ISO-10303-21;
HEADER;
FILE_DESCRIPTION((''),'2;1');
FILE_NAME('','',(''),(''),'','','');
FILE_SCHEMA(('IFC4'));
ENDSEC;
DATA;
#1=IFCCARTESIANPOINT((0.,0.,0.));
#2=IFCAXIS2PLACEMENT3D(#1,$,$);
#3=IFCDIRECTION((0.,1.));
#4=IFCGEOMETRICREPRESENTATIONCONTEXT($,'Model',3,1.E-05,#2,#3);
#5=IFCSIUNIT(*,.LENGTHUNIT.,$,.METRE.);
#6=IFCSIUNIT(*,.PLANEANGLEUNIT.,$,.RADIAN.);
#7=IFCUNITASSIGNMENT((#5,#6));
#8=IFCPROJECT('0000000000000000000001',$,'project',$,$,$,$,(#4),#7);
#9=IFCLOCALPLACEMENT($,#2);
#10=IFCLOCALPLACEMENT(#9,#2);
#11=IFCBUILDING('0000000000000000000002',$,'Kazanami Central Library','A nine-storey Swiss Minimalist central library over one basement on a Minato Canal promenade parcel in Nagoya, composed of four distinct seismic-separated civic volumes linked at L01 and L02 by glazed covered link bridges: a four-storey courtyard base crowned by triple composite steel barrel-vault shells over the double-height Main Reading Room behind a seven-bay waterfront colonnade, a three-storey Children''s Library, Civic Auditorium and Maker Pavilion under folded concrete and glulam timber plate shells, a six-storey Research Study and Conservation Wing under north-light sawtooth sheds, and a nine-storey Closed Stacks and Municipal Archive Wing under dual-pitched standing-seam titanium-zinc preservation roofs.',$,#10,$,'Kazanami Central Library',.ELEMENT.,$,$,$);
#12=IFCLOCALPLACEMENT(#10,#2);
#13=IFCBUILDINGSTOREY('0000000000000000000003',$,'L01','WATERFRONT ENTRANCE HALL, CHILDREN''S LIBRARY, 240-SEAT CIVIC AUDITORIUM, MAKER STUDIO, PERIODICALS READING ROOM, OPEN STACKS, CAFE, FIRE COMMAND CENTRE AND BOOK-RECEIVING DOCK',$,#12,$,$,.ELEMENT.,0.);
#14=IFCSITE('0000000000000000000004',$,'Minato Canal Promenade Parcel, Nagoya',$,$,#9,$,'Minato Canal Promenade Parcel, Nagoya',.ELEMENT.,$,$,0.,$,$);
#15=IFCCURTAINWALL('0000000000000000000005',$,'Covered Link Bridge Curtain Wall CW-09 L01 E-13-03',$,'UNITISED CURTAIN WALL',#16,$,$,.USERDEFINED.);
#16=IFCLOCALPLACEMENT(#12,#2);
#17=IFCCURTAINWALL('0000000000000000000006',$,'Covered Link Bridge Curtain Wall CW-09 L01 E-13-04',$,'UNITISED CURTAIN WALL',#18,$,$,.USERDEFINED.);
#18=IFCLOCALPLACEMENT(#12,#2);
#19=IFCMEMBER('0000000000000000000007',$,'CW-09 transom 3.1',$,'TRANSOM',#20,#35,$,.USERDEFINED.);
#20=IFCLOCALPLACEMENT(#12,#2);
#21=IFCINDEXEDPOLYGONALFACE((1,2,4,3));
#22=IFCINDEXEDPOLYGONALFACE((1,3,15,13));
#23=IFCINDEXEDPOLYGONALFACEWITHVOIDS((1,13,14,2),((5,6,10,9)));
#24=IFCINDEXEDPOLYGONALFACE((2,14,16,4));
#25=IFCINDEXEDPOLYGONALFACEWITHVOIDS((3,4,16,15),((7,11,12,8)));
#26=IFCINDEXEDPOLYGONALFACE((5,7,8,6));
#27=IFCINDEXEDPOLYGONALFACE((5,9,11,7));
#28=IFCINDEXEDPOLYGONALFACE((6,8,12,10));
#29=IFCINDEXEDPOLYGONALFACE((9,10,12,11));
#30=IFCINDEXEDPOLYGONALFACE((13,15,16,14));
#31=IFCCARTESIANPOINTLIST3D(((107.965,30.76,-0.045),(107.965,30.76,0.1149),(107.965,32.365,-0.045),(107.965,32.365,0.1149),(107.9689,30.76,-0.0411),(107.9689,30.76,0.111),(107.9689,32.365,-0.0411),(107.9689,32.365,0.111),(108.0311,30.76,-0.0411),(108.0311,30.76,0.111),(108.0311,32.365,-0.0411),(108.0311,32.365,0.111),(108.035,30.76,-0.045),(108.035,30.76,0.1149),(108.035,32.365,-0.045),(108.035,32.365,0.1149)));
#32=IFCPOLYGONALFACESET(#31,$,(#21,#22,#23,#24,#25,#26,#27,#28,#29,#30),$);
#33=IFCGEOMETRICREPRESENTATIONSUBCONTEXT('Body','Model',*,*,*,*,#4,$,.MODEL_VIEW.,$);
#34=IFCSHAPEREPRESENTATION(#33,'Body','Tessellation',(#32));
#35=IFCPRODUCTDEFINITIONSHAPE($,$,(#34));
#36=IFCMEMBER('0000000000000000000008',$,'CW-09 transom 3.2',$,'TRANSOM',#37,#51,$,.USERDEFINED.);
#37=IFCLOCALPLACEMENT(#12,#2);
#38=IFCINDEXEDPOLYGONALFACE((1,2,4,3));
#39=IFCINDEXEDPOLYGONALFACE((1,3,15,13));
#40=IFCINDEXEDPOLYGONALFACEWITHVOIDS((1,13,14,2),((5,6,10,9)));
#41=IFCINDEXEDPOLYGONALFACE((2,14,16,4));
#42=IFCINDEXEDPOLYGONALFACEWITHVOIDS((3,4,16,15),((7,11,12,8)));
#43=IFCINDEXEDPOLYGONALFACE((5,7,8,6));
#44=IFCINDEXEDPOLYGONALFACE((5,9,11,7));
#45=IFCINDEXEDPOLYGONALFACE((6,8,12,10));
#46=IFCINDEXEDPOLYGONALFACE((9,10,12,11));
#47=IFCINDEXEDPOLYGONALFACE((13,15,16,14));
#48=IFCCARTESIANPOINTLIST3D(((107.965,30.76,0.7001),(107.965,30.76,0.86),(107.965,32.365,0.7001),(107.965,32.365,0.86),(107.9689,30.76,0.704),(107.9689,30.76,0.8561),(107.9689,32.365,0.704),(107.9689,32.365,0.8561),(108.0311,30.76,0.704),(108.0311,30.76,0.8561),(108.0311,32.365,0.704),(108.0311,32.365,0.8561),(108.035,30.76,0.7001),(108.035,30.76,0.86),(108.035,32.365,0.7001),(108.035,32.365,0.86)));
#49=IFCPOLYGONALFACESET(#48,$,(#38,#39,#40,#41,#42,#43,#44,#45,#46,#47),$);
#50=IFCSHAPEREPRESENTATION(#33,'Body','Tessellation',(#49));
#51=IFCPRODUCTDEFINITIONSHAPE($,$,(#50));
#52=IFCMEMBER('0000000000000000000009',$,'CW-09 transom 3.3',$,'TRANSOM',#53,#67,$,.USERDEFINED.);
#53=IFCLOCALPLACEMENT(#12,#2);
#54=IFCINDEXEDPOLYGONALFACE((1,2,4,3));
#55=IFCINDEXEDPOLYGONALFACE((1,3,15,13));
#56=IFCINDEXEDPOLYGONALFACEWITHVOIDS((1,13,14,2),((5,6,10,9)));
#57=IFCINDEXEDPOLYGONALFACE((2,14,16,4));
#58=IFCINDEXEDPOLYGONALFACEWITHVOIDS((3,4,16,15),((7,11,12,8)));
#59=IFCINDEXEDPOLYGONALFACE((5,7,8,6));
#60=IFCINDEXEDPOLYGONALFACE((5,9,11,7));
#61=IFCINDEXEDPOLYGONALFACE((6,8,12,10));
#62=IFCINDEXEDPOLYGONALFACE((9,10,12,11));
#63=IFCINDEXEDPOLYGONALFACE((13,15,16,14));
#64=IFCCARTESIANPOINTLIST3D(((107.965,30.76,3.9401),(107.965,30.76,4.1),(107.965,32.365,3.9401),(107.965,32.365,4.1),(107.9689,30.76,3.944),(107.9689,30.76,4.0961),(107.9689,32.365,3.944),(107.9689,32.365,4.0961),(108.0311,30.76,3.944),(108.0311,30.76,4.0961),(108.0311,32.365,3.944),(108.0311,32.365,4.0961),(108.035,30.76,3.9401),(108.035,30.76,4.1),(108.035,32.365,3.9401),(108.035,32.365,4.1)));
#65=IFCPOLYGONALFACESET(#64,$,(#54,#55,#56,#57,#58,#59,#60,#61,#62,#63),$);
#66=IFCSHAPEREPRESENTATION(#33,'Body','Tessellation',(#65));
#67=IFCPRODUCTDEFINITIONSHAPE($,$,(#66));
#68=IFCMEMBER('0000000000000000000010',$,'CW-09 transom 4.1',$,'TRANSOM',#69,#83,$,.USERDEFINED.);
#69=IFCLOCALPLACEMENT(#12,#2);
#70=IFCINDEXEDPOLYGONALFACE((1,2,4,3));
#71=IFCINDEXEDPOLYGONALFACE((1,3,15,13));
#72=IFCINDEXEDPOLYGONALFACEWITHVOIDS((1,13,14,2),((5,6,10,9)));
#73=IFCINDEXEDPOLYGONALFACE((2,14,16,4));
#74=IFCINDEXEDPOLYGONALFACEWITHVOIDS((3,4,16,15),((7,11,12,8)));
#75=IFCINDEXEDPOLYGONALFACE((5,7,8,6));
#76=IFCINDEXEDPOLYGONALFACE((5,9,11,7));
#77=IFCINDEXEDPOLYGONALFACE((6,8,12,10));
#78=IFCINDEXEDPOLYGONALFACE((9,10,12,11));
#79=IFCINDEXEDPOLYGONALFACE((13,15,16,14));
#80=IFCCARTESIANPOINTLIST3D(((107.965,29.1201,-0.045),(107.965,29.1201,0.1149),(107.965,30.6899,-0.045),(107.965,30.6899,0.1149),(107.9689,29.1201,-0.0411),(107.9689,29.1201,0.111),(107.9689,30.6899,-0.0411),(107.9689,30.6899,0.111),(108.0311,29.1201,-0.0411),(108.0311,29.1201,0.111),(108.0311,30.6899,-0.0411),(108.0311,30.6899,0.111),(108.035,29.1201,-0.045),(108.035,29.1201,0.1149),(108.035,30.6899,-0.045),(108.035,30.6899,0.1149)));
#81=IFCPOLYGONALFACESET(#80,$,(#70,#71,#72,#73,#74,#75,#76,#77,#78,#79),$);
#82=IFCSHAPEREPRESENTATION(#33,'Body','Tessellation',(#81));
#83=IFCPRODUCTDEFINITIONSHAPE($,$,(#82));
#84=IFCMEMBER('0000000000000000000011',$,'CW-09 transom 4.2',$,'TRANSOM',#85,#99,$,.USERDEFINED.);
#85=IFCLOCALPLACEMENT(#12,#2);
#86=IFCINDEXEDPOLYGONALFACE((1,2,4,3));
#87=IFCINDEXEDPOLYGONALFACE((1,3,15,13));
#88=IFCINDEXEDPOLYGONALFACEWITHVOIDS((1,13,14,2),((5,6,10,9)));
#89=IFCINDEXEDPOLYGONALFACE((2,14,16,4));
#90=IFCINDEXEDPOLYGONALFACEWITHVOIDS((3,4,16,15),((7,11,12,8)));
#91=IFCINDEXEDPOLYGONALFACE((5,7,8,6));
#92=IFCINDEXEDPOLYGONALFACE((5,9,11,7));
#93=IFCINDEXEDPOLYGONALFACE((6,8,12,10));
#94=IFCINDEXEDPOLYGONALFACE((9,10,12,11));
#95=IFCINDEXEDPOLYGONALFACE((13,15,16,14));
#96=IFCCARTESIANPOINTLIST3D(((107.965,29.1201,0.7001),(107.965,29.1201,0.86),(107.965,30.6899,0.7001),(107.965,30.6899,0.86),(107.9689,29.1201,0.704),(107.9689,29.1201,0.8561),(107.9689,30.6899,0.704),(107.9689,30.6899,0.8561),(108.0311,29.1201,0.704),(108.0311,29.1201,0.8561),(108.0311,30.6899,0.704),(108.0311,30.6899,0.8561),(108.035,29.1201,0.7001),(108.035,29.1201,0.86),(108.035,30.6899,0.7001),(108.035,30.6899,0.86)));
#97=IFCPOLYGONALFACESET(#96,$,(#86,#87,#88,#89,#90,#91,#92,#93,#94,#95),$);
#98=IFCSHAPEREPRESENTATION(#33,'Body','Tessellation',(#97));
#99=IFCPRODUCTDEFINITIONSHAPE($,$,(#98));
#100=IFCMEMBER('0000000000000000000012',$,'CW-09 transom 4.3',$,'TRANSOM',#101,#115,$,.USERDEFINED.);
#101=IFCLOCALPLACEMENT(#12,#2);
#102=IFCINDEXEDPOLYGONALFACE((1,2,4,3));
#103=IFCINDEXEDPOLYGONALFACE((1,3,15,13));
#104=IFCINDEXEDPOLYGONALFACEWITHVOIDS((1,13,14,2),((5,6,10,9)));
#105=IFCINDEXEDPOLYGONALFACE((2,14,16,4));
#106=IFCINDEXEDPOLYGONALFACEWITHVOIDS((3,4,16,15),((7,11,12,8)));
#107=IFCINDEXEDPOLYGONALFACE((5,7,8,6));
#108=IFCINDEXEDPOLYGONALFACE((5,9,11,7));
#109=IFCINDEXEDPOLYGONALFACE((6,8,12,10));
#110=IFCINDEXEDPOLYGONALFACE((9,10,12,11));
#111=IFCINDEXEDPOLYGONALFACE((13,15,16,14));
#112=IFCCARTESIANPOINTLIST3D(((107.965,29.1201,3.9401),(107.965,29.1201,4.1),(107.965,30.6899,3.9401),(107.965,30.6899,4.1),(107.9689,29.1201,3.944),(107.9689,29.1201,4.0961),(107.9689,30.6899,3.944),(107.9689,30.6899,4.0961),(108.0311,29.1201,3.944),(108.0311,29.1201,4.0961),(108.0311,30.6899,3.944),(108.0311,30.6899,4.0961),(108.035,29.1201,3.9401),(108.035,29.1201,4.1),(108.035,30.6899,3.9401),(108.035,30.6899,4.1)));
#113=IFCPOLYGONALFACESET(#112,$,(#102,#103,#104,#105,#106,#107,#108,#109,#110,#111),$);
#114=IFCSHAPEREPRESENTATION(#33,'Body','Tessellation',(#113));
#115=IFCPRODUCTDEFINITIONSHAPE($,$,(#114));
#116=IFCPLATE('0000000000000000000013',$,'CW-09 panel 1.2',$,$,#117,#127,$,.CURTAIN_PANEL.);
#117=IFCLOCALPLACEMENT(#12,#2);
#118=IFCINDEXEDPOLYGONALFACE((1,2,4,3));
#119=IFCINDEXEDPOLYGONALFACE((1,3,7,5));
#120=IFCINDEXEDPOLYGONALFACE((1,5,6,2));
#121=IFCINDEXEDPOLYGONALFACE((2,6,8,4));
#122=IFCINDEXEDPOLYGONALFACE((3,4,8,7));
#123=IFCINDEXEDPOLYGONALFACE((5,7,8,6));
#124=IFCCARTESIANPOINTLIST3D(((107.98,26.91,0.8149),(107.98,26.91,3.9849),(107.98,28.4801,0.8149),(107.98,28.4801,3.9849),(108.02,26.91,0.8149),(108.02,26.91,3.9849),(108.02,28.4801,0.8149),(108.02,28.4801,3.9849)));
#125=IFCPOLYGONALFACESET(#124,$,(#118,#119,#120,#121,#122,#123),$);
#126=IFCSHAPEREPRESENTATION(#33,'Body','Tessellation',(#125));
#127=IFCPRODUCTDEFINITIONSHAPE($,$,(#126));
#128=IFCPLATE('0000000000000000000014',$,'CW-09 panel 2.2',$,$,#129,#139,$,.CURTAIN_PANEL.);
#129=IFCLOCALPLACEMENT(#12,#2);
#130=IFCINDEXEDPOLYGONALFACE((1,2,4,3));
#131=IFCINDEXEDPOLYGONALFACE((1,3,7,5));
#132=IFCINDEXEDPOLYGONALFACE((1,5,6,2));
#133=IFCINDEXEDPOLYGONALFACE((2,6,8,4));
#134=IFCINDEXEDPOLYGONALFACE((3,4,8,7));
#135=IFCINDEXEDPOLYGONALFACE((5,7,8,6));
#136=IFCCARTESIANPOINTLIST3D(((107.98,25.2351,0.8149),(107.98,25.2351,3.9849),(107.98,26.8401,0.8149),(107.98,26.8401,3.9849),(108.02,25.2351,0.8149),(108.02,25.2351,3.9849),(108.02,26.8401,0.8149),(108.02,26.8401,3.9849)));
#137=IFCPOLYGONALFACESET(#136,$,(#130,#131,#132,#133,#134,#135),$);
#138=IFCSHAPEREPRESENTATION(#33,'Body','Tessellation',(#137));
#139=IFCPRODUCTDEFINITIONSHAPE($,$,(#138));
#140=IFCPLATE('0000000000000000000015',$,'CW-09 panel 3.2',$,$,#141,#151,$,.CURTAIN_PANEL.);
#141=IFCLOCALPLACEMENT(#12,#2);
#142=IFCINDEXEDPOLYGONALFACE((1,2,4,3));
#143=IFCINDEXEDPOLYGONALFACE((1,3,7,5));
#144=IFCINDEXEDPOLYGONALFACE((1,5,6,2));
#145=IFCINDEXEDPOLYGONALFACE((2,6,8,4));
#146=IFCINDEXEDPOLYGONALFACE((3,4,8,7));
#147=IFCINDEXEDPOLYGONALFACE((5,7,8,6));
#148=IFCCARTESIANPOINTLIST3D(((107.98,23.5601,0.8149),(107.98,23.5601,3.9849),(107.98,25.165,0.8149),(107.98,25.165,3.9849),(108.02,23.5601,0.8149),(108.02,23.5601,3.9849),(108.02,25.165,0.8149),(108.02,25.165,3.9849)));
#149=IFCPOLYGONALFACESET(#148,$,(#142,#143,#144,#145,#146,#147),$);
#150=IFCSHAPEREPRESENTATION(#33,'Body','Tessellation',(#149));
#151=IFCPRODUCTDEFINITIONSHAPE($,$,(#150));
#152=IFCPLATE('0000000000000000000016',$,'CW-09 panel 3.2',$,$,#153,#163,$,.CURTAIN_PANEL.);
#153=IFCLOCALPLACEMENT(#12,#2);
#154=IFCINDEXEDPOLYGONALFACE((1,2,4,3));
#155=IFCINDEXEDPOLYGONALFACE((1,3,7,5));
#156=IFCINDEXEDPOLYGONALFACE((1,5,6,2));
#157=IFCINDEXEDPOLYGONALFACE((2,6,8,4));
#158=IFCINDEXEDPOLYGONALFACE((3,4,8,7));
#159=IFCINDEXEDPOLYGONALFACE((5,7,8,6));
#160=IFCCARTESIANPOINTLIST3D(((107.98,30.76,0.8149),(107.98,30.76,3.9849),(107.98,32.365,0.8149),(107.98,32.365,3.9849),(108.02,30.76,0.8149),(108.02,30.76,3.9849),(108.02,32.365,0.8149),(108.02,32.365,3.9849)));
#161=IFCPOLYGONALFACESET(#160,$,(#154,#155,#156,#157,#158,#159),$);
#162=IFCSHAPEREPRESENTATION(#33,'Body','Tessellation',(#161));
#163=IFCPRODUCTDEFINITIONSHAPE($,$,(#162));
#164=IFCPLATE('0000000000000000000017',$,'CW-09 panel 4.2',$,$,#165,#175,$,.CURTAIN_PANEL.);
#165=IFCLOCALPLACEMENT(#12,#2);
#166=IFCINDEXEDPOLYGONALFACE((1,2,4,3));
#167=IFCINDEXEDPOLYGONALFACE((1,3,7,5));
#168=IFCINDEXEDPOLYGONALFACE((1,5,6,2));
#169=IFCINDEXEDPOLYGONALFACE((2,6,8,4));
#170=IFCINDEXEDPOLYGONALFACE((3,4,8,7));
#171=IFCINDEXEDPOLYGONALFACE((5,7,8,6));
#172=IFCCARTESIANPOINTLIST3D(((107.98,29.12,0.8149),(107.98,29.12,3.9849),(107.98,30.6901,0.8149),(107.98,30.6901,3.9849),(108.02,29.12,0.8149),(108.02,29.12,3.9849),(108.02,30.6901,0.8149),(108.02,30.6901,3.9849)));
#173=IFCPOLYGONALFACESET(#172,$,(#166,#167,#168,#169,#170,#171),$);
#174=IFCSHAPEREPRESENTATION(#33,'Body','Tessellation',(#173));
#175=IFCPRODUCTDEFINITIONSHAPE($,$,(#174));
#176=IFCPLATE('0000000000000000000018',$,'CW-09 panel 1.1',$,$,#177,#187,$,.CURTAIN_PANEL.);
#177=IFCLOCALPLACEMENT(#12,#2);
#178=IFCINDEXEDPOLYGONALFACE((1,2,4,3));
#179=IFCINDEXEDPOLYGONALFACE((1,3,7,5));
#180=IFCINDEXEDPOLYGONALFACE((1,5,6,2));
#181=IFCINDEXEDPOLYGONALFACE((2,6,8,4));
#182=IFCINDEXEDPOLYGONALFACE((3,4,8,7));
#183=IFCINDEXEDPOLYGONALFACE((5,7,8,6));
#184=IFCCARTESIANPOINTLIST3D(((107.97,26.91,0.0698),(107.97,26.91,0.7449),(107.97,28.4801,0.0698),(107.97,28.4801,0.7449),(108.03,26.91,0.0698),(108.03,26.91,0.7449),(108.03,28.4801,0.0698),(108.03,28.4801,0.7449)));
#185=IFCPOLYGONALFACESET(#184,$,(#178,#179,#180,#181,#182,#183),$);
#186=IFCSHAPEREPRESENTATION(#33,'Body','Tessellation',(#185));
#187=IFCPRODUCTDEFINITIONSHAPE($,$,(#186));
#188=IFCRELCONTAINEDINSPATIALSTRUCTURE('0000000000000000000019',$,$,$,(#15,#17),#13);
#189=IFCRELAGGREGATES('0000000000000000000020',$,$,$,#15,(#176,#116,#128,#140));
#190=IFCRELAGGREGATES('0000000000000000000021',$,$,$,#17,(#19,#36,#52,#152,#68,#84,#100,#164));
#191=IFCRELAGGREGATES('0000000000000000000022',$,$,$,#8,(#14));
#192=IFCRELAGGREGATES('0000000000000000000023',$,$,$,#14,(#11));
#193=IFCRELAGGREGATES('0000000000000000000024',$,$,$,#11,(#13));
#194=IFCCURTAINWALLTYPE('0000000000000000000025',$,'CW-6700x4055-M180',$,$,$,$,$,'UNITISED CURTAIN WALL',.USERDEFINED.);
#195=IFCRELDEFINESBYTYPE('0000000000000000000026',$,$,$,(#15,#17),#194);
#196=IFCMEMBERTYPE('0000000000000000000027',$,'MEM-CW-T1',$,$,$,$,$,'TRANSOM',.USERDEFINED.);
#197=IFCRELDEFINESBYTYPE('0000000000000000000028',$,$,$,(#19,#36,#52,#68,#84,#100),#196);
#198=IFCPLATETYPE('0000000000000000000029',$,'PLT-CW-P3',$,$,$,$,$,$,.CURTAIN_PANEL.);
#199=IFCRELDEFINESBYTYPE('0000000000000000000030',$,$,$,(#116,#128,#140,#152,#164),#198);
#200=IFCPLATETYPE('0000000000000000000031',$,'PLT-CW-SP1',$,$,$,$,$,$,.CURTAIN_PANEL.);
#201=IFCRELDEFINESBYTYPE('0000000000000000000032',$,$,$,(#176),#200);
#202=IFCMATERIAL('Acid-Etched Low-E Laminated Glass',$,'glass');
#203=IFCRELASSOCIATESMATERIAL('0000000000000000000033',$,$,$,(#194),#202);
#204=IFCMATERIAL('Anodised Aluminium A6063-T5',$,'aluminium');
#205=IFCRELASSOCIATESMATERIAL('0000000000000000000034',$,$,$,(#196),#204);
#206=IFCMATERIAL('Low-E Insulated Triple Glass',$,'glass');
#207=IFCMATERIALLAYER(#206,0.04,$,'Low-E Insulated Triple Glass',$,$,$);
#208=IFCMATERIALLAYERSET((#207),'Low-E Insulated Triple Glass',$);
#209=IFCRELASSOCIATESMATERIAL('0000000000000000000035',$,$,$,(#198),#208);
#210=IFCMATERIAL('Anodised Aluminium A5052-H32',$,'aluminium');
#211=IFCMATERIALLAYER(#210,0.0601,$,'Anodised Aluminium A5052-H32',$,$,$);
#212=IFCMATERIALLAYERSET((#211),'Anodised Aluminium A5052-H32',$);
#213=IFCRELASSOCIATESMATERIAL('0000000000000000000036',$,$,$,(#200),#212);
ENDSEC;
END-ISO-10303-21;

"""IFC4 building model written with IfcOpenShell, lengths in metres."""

from ifc_helpers import new_model, si_unit, direction, frame, origin, origin_2d, place, context, subcontext, project, spatial, rectangle, hollow_rectangle, extrude, material, layer, layer_set, material_profile, profile_set, type_object, element, aggregate, save


model = new_model("IFC4")

# Units and contexts
model_context = context("Model", 3, precision=1e-05, world=origin(), true_north=direction((0.0, 1.0)))
body_context = subcontext(model_context, "Body", "Model", "MODEL_VIEW")
ifc_project = project(units=[si_unit("LENGTHUNIT", "METRE"), si_unit("PLANEANGLEUNIT", "RADIAN")], contexts=[model_context])

# Site, building, storey
site_placement = place(None, origin())
site = spatial("IfcSite", under=ifc_project, at=site_placement, Name="Minato Canal Promenade Parcel, Nagoya", LongName="Minato Canal Promenade Parcel, Nagoya", CompositionType="ELEMENT", RefElevation=0.0)
building_placement = place(site_placement, origin())
building = spatial("IfcBuilding", under=site, at=building_placement, Name="Kazanami Central Library", Description="A nine-storey Swiss Minimalist central library over one basement on a Minato Canal promenade parcel in Nagoya, composed of four distinct seismic-separated civic volumes linked at L01 and L02 by glazed covered link bridges: a four-storey courtyard base crowned by triple composite steel barrel-vault shells over the double-height Main Reading Room behind a seven-bay waterfront colonnade, a three-storey Children's Library, Civic Auditorium and Maker Pavilion under folded concrete and glulam timber plate shells, a six-storey Research Study and Conservation Wing under north-light sawtooth sheds, and a nine-storey Closed Stacks and Municipal Archive Wing under dual-pitched standing-seam titanium-zinc preservation roofs.", LongName="Kazanami Central Library", CompositionType="ELEMENT")
storey_placement = place(building_placement, origin())
storey = spatial("IfcBuildingStorey", under=building, at=storey_placement, Name="L01", Description="WATERFRONT ENTRANCE HALL, CHILDREN'S LIBRARY, 240-SEAT CIVIC AUDITORIUM, MAKER STUDIO, PERIODICALS READING ROOM, OPEN STACKS, CAFE, FIRE COMMAND CENTRE AND BOOK-RECEIVING DOCK", CompositionType="ELEMENT", Elevation=0.0)

# Curtain walls
ifc_material_1 = material(Name="Acid-Etched Low-E Laminated Glass", Category="glass")
curtain_wall_type = type_object("IfcCurtainWallType", Name="CW-6700x4055-M180", ElementType="UNITISED CURTAIN WALL", PredefinedType="USERDEFINED", material=ifc_material_1)
curtain_wall_1_placement = place(storey_placement, origin())
curtain_wall_1 = element("IfcCurtainWall", 1, at=curtain_wall_1_placement, inside=storey, type_object=curtain_wall_type, Name="Covered Link Bridge Curtain Wall CW-09 L01 E-13-03", ObjectType="UNITISED CURTAIN WALL", PredefinedType="USERDEFINED")
ifc_material_2 = material(Name="Anodised Aluminium A6063-T5", Category="aluminium")
curtain_wall_2_placement = place(storey_placement, origin())
curtain_wall_2 = element("IfcCurtainWall", 2, at=curtain_wall_2_placement, inside=storey, type_object=curtain_wall_type, Name="Covered Link Bridge Curtain Wall CW-09 L01 E-13-04", ObjectType="UNITISED CURTAIN WALL", PredefinedType="USERDEFINED")

# Members
ifc_material_profile_1 = material_profile(ifc_material_2, hollow_rectangle(XDim=0.0701, YDim=0.1599, WallThickness=0.0039, at=origin_2d()), Name="ALU-TRAN-70x160x4")
ifc_profile_set_1 = profile_set([ifc_material_profile_1], Name="Anodised Aluminium A6063-T5")
member_type_1 = type_object("IfcMemberType", Name="MEM-CW-T1", ElementType="TRANSOM", PredefinedType="USERDEFINED", material=ifc_profile_set_1)
member_1_placement = place(storey_placement, frame((108.0, 32.365, 0.0349), z_axis=(0.0, -1.0, 0.0), x_axis=(1.0, 0.0, 0.0)))
member_1 = element("IfcMember", 3, at=member_1_placement, type_object=member_type_1, Name="CW-09 transom 3.1", ObjectType="TRANSOM", PredefinedType="USERDEFINED", context=body_context, shape_type="SweptSolid", body=[
    extrude(hollow_rectangle(XDim=0.0701, YDim=0.1599, WallThickness=0.0039, at=origin_2d()), origin(), (0.0, 0.0, 1.0), 1.605),
])
member_2_placement = place(storey_placement, frame((108.0, 32.365, 0.78), z_axis=(0.0, -1.0, 0.0), x_axis=(1.0, 0.0, 0.0)))
member_2 = element("IfcMember", 4, at=member_2_placement, type_object=member_type_1, Name="CW-09 transom 3.2", ObjectType="TRANSOM", PredefinedType="USERDEFINED", context=body_context, shape_type="SweptSolid", body=[
    extrude(hollow_rectangle(XDim=0.0701, YDim=0.1599, WallThickness=0.0039, at=origin_2d()), origin(), (0.0, 0.0, 1.0), 1.605),
])
member_3_placement = place(storey_placement, frame((108.0, 32.365, 4.02), z_axis=(0.0, -1.0, 0.0), x_axis=(1.0, 0.0, 0.0)))
member_3 = element("IfcMember", 5, at=member_3_placement, type_object=member_type_1, Name="CW-09 transom 3.3", ObjectType="TRANSOM", PredefinedType="USERDEFINED", context=body_context, shape_type="SweptSolid", body=[
    extrude(hollow_rectangle(XDim=0.0701, YDim=0.1599, WallThickness=0.0039, at=origin_2d()), origin(), (0.0, 0.0, 1.0), 1.605),
])
member_4_placement = place(storey_placement, frame((108.0, 30.6899, 0.0349), z_axis=(0.0, -1.0, 0.0), x_axis=(1.0, 0.0, 0.0)))
member_4 = element("IfcMember", 6, at=member_4_placement, type_object=member_type_1, Name="CW-09 transom 4.1", ObjectType="TRANSOM", PredefinedType="USERDEFINED", context=body_context, shape_type="SweptSolid", body=[
    extrude(hollow_rectangle(XDim=0.0701, YDim=0.1599, WallThickness=0.0039, at=origin_2d()), origin(), (0.0, 0.0, 1.0), 1.5698),
])
member_5_placement = place(storey_placement, frame((108.0, 30.6899, 0.78), z_axis=(0.0, -1.0, 0.0), x_axis=(1.0, 0.0, 0.0)))
member_5 = element("IfcMember", 7, at=member_5_placement, type_object=member_type_1, Name="CW-09 transom 4.2", ObjectType="TRANSOM", PredefinedType="USERDEFINED", context=body_context, shape_type="SweptSolid", body=[
    extrude(hollow_rectangle(XDim=0.0701, YDim=0.1599, WallThickness=0.0039, at=origin_2d()), origin(), (0.0, 0.0, 1.0), 1.5698),
])
member_6_placement = place(storey_placement, frame((108.0, 30.6899, 4.02), z_axis=(0.0, -1.0, 0.0), x_axis=(1.0, 0.0, 0.0)))
member_6 = element("IfcMember", 8, at=member_6_placement, type_object=member_type_1, Name="CW-09 transom 4.3", ObjectType="TRANSOM", PredefinedType="USERDEFINED", context=body_context, shape_type="SweptSolid", body=[
    extrude(hollow_rectangle(XDim=0.0701, YDim=0.1599, WallThickness=0.0039, at=origin_2d()), origin(), (0.0, 0.0, 1.0), 1.5698),
])

# Plates
ifc_material_3 = material(Name="Low-E Insulated Triple Glass", Category="glass")
ifc_layer_1 = layer(ifc_material_3, 0.04, Name="Low-E Insulated Triple Glass")
ifc_layer_set_1 = layer_set([ifc_layer_1], Name="Low-E Insulated Triple Glass")
plate_type_1 = type_object("IfcPlateType", Name="PLT-CW-P3", PredefinedType="CURTAIN_PANEL", material=ifc_layer_set_1)
plate_1_placement = place(storey_placement, frame((108.0, 27.6951, 0.8149), z_axis=(0.0, 0.0, 1.0), x_axis=(0.0, -1.0, 0.0)))
plate_1 = element("IfcPlate", 9, at=plate_1_placement, type_object=plate_type_1, Name="CW-09 panel 1.2", PredefinedType="CURTAIN_PANEL", context=body_context, shape_type="SweptSolid", body=[
    extrude(rectangle(XDim=1.5701, YDim=0.04, at=origin_2d()), origin(), (0.0, 0.0, 1.0), 3.1699),
])
plate_2_placement = place(storey_placement, frame((108.0, 26.0376, 0.8149), z_axis=(0.0, 0.0, 1.0), x_axis=(0.0, -1.0, 0.0)))
plate_2 = element("IfcPlate", 10, at=plate_2_placement, type_object=plate_type_1, Name="CW-09 panel 2.2", PredefinedType="CURTAIN_PANEL", context=body_context, shape_type="SweptSolid", body=[
    extrude(rectangle(XDim=1.605, YDim=0.04, at=origin_2d()), origin(), (0.0, 0.0, 1.0), 3.1699),
])
plate_3_placement = place(storey_placement, frame((108.0, 24.3625, 0.8149), z_axis=(0.0, 0.0, 1.0), x_axis=(0.0, -1.0, 0.0)))
plate_3 = element("IfcPlate", 11, at=plate_3_placement, type_object=plate_type_1, Name="CW-09 panel 3.2", PredefinedType="CURTAIN_PANEL", context=body_context, shape_type="SweptSolid", body=[
    extrude(rectangle(XDim=1.605, YDim=0.04, at=origin_2d()), origin(), (0.0, 0.0, 1.0), 3.1699),
])
plate_4_placement = place(storey_placement, frame((108.0, 31.5625, 0.8149), z_axis=(0.0, 0.0, 1.0), x_axis=(0.0, -1.0, 0.0)))
plate_4 = element("IfcPlate", 12, at=plate_4_placement, type_object=plate_type_1, Name="CW-09 panel 3.2", PredefinedType="CURTAIN_PANEL", context=body_context, shape_type="SweptSolid", body=[
    extrude(rectangle(XDim=1.605, YDim=0.04, at=origin_2d()), origin(), (0.0, 0.0, 1.0), 3.1699),
])
plate_5_placement = place(storey_placement, frame((108.0, 29.905, 0.8149), z_axis=(0.0, 0.0, 1.0), x_axis=(0.0, -1.0, 0.0)))
plate_5 = element("IfcPlate", 13, at=plate_5_placement, type_object=plate_type_1, Name="CW-09 panel 4.2", PredefinedType="CURTAIN_PANEL", context=body_context, shape_type="SweptSolid", body=[
    extrude(rectangle(XDim=1.5701, YDim=0.04, at=origin_2d()), origin(), (0.0, 0.0, 1.0), 3.1699),
])
ifc_material_4 = material(Name="Anodised Aluminium A5052-H32", Category="aluminium")
ifc_layer_2 = layer(ifc_material_4, 0.0601, Name="Anodised Aluminium A5052-H32")
ifc_layer_set_2 = layer_set([ifc_layer_2], Name="Anodised Aluminium A5052-H32")
plate_type_2 = type_object("IfcPlateType", Name="PLT-CW-SP1", PredefinedType="CURTAIN_PANEL", material=ifc_layer_set_2)
plate_6_placement = place(storey_placement, frame((108.0, 27.6951, 0.0698), z_axis=(0.0, 0.0, 1.0), x_axis=(0.0, -1.0, 0.0)))
plate_6 = element("IfcPlate", 14, at=plate_6_placement, type_object=plate_type_2, Name="CW-09 panel 1.1", PredefinedType="CURTAIN_PANEL", context=body_context, shape_type="SweptSolid", body=[
    extrude(rectangle(XDim=1.5701, YDim=0.0601, at=origin_2d()), origin(), (0.0, 0.0, 1.0), 0.675),
])
aggregate(curtain_wall_1, [plate_6, plate_1, plate_2, plate_3])
aggregate(curtain_wall_2, [member_1, member_2, member_3, plate_4, member_4, member_5, member_6, plate_5])

save(model, "model.ifc")
